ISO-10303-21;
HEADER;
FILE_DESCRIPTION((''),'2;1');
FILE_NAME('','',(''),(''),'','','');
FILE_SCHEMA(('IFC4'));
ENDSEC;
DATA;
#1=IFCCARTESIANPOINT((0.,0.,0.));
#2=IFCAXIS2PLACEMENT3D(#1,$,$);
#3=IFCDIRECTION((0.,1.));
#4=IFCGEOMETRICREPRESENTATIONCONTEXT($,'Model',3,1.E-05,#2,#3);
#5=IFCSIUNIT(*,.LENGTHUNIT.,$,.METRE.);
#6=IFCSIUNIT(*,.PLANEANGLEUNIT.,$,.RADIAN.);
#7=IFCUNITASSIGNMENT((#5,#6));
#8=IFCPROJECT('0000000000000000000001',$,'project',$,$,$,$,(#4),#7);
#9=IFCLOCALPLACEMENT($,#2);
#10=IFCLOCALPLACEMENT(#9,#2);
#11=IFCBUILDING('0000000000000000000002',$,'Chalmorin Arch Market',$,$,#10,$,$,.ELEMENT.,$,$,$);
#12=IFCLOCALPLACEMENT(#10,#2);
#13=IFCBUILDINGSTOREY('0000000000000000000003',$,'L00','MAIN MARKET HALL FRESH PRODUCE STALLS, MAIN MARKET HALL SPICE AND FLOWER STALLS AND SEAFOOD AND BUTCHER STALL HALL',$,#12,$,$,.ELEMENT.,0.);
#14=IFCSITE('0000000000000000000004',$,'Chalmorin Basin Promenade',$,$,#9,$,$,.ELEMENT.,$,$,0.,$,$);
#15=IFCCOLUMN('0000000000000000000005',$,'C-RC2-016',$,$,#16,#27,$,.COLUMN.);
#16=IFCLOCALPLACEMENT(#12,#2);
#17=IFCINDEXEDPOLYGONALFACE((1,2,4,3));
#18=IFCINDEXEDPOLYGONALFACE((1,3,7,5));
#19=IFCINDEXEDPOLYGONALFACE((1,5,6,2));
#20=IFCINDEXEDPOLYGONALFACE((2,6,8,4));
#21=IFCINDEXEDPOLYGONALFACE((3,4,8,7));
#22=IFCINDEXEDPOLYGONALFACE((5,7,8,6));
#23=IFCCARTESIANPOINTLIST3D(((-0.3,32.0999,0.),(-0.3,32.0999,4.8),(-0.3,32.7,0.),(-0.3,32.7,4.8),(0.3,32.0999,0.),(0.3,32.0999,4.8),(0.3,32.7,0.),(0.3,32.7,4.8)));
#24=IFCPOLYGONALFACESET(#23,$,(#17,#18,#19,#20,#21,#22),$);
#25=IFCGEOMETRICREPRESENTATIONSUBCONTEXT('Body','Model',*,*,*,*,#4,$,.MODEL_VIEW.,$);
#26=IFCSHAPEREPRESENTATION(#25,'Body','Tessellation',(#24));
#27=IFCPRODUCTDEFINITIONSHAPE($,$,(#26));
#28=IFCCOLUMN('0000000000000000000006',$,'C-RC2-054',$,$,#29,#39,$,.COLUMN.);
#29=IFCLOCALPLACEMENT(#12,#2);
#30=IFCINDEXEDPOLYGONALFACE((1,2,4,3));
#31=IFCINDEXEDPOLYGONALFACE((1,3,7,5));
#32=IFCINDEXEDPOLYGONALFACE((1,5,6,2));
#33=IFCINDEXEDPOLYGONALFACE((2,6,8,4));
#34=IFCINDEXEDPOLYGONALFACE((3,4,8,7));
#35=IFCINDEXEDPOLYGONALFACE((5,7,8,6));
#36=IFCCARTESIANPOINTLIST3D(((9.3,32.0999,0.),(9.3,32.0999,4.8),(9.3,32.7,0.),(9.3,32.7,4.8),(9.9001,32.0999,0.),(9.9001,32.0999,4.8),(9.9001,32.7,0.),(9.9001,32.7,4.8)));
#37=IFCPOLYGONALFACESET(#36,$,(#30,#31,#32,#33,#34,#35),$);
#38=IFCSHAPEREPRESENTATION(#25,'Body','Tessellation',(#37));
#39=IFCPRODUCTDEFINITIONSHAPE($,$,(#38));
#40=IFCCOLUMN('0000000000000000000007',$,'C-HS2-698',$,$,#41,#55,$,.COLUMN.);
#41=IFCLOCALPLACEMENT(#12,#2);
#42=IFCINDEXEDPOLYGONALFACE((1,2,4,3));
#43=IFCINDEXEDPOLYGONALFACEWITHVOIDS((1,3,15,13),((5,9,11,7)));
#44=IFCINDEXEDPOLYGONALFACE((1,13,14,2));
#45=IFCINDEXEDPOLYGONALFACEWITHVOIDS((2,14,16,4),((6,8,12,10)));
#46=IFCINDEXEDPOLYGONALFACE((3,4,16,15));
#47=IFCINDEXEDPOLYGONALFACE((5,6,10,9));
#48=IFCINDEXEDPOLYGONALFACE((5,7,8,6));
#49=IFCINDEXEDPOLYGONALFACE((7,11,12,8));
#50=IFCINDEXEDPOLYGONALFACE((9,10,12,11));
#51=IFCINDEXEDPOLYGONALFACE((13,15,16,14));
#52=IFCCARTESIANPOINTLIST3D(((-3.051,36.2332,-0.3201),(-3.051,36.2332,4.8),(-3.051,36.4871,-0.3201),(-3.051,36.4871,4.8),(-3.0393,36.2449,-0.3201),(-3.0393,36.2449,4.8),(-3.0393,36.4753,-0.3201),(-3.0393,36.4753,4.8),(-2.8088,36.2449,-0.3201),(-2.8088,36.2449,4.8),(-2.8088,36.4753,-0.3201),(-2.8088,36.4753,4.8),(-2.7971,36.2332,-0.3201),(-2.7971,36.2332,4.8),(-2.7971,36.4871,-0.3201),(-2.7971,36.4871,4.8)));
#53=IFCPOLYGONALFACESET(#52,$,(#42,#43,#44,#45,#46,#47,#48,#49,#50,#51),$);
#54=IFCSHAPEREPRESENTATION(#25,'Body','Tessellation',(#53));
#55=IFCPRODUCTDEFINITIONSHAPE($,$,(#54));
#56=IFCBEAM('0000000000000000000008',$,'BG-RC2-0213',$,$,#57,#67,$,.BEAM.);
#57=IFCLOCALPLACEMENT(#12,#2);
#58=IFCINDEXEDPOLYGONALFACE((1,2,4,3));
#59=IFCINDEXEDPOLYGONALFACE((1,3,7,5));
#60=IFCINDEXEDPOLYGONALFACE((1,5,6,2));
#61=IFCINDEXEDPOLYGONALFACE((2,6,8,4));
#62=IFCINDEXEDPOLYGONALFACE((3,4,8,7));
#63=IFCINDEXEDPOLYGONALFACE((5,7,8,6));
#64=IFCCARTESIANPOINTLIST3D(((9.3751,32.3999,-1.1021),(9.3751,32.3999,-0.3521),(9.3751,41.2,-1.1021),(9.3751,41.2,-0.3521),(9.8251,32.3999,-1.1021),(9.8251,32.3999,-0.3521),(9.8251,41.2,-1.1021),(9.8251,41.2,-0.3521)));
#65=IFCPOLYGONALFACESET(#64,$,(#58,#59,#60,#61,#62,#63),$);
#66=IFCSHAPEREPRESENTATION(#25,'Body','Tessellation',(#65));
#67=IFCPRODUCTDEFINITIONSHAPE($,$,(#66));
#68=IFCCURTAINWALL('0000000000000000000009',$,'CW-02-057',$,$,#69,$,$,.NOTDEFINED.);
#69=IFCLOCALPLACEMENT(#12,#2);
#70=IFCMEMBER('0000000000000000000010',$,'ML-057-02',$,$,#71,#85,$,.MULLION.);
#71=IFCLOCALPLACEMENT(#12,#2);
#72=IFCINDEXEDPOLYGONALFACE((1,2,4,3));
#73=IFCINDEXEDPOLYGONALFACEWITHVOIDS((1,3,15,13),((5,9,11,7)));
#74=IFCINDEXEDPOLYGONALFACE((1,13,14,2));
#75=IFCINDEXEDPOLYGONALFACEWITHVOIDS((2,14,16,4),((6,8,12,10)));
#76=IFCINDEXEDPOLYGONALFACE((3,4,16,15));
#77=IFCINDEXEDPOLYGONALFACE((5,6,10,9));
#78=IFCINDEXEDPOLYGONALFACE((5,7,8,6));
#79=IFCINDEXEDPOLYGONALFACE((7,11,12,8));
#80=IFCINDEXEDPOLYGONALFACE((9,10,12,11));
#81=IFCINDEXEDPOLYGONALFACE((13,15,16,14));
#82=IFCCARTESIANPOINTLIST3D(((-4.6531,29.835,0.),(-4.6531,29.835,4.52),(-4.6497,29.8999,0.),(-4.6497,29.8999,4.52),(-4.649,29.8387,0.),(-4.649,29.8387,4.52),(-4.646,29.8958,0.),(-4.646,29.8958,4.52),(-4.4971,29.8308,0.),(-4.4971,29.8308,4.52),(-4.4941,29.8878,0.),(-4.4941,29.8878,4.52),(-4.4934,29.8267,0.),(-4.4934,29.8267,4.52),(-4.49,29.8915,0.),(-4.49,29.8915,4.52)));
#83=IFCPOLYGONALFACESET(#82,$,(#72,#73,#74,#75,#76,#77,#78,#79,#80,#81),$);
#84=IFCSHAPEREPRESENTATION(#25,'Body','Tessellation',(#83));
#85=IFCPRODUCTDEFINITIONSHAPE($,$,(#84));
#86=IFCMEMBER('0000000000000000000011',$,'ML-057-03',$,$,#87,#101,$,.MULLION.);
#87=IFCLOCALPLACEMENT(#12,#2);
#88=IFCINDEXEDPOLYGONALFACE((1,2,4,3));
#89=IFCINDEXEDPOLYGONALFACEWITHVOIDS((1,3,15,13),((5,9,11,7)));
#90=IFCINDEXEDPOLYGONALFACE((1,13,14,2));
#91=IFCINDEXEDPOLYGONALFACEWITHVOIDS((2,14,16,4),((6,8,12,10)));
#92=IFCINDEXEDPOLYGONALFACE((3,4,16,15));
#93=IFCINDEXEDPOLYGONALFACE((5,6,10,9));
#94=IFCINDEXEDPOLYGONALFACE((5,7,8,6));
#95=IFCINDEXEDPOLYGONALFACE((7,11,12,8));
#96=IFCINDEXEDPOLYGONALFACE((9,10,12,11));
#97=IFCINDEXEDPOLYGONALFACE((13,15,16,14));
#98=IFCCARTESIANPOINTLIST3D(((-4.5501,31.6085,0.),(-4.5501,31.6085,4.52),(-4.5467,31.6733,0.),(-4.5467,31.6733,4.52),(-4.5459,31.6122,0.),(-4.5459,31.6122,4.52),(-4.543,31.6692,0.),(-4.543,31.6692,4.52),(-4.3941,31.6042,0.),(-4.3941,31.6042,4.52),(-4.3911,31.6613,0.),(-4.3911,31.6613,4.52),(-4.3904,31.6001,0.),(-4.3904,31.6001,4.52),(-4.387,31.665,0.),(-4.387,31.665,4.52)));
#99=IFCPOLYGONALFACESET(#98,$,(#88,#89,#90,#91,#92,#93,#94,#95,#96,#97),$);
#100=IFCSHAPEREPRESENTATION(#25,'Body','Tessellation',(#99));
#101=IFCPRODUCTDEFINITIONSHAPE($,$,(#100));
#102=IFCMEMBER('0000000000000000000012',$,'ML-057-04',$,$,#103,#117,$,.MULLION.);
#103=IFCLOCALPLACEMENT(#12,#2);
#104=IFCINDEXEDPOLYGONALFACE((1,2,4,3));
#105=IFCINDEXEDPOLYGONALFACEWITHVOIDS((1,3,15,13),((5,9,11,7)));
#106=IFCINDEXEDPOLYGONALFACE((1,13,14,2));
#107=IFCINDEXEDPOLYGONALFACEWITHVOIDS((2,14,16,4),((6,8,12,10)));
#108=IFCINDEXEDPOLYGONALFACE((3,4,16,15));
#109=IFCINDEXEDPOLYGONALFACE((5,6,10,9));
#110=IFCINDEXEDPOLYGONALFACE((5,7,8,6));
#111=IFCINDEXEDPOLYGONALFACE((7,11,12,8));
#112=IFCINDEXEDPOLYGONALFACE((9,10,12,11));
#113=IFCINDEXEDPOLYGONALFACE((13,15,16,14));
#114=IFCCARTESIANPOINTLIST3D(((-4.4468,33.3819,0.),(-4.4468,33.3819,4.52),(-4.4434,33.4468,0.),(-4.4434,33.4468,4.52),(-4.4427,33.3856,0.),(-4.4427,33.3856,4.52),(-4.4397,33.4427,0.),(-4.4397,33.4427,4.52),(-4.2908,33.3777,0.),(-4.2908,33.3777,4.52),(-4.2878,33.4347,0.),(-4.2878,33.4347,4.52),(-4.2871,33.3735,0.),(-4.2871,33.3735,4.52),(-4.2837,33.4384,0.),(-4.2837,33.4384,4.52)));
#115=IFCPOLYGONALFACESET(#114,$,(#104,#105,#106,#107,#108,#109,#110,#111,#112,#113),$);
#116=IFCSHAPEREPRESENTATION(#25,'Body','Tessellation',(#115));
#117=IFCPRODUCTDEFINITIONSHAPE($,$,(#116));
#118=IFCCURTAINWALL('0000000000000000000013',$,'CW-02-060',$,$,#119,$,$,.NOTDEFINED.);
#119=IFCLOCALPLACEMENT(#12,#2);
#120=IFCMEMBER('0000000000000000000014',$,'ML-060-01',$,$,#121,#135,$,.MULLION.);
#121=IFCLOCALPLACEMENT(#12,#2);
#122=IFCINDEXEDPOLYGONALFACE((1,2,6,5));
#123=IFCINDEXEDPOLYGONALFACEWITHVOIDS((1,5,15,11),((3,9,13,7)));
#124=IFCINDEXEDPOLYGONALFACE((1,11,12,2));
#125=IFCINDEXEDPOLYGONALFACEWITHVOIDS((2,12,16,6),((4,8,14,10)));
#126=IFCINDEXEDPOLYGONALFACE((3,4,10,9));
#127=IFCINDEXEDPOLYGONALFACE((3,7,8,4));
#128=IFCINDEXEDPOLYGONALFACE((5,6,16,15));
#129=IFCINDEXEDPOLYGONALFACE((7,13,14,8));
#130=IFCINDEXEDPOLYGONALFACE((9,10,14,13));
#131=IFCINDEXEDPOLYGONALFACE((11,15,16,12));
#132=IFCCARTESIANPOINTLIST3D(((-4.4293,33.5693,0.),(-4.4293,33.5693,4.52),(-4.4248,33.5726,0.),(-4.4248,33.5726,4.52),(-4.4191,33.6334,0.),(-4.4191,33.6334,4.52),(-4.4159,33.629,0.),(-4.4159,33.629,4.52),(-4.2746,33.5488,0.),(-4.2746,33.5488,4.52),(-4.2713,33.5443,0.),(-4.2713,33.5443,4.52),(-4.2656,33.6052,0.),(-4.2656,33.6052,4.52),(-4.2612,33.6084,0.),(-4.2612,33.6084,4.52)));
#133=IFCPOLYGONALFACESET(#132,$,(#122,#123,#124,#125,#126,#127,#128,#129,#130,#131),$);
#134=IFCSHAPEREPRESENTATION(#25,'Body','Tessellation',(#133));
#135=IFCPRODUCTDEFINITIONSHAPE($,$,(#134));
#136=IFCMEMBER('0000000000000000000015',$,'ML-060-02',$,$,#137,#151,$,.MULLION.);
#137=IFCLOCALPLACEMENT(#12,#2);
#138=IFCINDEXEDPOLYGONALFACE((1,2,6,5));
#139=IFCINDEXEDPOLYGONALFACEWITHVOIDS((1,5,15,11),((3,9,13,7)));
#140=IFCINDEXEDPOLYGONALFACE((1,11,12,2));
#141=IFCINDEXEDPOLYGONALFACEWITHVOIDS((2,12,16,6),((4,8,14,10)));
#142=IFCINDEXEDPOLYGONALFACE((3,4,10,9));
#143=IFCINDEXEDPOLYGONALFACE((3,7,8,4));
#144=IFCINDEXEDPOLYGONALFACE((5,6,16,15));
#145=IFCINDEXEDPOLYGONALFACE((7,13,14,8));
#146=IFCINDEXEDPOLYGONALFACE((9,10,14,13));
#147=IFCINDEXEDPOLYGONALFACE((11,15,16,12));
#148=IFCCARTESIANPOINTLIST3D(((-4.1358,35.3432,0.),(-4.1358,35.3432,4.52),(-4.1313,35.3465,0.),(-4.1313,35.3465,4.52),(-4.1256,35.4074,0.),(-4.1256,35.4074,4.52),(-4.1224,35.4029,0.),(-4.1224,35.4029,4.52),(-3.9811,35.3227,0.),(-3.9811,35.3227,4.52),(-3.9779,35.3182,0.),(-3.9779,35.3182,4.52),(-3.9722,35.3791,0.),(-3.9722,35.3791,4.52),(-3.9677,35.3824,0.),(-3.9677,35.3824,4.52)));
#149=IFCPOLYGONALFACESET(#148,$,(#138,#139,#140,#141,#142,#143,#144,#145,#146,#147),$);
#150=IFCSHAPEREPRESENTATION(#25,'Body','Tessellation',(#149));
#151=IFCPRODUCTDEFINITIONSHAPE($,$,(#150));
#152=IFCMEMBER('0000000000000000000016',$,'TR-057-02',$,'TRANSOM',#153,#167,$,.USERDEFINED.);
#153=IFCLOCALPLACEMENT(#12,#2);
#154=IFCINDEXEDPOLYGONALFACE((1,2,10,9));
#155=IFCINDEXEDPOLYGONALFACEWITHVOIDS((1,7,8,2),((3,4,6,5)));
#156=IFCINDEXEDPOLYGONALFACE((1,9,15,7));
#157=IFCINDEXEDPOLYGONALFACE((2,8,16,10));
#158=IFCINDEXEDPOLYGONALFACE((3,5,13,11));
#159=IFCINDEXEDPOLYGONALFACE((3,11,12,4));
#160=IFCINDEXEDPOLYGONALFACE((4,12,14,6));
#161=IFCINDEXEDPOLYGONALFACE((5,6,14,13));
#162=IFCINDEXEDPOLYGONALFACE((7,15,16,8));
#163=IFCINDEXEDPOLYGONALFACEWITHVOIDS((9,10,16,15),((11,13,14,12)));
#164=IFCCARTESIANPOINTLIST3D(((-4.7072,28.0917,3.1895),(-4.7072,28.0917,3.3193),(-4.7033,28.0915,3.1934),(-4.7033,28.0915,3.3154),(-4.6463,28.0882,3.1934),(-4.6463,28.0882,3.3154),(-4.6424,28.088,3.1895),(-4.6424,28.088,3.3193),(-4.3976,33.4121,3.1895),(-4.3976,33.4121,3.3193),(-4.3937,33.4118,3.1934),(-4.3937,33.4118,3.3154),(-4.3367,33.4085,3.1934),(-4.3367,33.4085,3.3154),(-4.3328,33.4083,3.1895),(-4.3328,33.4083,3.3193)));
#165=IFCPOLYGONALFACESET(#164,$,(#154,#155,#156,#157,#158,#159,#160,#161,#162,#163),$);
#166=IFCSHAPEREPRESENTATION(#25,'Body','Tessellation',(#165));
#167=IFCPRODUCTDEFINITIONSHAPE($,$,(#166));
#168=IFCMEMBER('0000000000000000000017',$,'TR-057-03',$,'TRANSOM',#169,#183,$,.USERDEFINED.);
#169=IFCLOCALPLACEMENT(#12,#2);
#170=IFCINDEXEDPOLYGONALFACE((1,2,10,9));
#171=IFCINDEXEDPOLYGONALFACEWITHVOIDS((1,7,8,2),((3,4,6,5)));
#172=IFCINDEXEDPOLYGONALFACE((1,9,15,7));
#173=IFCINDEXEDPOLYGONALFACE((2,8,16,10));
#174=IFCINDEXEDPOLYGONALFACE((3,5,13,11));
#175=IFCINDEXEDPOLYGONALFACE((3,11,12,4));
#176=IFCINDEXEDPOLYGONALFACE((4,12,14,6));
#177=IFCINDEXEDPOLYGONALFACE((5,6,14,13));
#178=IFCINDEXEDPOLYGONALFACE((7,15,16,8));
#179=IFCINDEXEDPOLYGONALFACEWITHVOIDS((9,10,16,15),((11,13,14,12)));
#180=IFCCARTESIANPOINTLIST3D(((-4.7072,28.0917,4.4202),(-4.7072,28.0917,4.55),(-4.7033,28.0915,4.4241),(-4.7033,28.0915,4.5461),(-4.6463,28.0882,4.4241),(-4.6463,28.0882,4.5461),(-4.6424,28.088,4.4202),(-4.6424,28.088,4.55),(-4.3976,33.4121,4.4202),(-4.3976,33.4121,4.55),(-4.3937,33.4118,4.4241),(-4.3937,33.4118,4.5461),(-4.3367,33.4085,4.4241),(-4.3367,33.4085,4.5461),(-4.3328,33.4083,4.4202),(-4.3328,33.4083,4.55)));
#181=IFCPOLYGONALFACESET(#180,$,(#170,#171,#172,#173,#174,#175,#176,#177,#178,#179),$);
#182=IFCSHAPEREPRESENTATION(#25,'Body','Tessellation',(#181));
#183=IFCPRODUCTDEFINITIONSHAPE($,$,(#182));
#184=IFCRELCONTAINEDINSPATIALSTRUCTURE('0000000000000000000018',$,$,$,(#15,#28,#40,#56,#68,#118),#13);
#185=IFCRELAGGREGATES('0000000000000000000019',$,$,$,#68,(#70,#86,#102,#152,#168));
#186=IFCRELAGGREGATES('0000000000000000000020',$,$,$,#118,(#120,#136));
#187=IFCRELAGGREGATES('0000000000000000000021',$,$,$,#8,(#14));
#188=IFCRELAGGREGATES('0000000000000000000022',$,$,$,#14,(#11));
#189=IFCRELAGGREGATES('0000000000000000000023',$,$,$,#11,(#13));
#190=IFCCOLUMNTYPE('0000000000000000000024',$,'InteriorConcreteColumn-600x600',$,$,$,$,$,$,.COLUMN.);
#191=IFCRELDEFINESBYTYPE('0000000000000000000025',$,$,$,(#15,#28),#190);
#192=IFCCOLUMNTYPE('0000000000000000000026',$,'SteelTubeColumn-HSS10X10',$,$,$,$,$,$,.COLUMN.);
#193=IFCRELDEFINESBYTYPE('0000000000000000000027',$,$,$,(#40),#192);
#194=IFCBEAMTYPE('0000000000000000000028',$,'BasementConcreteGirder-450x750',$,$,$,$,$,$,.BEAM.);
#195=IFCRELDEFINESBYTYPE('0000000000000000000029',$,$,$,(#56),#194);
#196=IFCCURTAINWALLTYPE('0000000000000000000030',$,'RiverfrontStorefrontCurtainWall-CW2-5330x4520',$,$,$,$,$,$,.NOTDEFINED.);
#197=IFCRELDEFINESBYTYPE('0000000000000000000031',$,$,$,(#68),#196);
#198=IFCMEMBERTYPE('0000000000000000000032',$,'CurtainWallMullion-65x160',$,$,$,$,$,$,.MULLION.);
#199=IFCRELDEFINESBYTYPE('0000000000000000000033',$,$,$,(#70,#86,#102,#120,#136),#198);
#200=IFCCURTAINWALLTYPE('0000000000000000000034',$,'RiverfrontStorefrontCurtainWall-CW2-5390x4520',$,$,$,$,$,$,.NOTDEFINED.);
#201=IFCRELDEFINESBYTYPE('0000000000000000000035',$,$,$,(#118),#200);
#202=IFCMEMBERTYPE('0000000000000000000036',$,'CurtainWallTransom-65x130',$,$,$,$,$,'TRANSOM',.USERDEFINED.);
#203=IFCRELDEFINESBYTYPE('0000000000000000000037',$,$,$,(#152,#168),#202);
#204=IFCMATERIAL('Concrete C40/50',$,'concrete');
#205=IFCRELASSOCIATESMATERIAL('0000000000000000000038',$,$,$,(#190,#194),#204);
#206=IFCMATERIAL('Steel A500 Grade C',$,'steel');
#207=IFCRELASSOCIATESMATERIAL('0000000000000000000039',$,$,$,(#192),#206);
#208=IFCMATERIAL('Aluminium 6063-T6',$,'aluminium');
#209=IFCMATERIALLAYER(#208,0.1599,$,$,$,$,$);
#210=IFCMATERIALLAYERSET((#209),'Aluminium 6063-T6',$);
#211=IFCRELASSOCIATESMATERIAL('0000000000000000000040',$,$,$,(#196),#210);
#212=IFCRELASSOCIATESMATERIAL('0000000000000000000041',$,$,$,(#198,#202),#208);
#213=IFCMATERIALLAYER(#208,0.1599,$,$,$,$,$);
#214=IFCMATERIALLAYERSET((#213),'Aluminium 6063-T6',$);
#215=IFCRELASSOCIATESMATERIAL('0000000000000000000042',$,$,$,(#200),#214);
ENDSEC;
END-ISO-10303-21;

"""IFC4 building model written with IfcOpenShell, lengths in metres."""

from ifc_helpers import new_model, si_unit, direction, frame, origin, origin_2d, place, context, subcontext, project, spatial, rectangle, hollow_rectangle, extrude, material, layer, layer_set, material_profile, profile_set, type_object, element, aggregate, save


model = new_model("IFC4")

# Units and contexts
model_context = context("Model", 3, precision=1e-05, world=origin(), true_north=direction((0.0, 1.0)))
body_context = subcontext(model_context, "Body", "Model", "MODEL_VIEW")
ifc_project = project(units=[si_unit("LENGTHUNIT", "METRE"), si_unit("PLANEANGLEUNIT", "RADIAN")], contexts=[model_context])

# Site, building, storey
site_placement = place(None, origin())
site = spatial("IfcSite", under=ifc_project, at=site_placement, Name="Chalmorin Basin Promenade", CompositionType="ELEMENT", RefElevation=0.0)
building_placement = place(site_placement, origin())
building = spatial("IfcBuilding", under=site, at=building_placement, Name="Chalmorin Arch Market", CompositionType="ELEMENT")
storey_placement = place(building_placement, origin())
storey = spatial("IfcBuildingStorey", under=building, at=storey_placement, Name="L00", Description="MAIN MARKET HALL FRESH PRODUCE STALLS, MAIN MARKET HALL SPICE AND FLOWER STALLS AND SEAFOOD AND BUTCHER STALL HALL", CompositionType="ELEMENT", Elevation=0.0)

# Columns
ifc_material_1 = material(Name="Concrete C40/50", Category="concrete")
ifc_material_profile_1 = material_profile(ifc_material_1, rectangle(XDim=0.6001, YDim=0.6001, at=origin_2d()), Name="RC600X600")
ifc_profile_set_1 = profile_set([ifc_material_profile_1], Name="Concrete C40/50")
column_type_1 = type_object("IfcColumnType", Name="InteriorConcreteColumn-600x600", PredefinedType="COLUMN", material=ifc_profile_set_1)
for number, where, z_axis, x_axis, name in (
    (1, (0.0, 32.3999, 0.0), (0.0, 0.0, 1.0), (1.0, 0.0, 0.0), "C-RC2-016"),
    (2, (9.6001, 32.3999, 0.0), (0.0, 0.0, 1.0), (1.0, 0.0, 0.0), "C-RC2-054"),
):
    element("IfcColumn", number, at=place(storey_placement, frame(where, z_axis=z_axis, x_axis=x_axis)), inside=storey, type_object=column_type_1, Name=name, PredefinedType="COLUMN", context=body_context, shape_type="SweptSolid", body=[
        extrude(rectangle(XDim=0.6001, YDim=0.6001, at=origin_2d()), origin(), (0.0, 0.0, 1.0), 4.8),
    ])
ifc_material_2 = material(Name="Steel A500 Grade C", Category="steel")
ifc_material_profile_2 = material_profile(ifc_material_2, hollow_rectangle(XDim=0.2539, YDim=0.2539, WallThickness=0.0117, at=origin_2d()), Name="HSS10X10X1/2")
ifc_profile_set_2 = profile_set([ifc_material_profile_2], Name="Steel A500 Grade C")
column_type_2 = type_object("IfcColumnType", Name="SteelTubeColumn-HSS10X10", PredefinedType="COLUMN", material=ifc_profile_set_2)
column_placement = place(storey_placement, frame((-2.9241, 36.3601, -0.3201), z_axis=(0.0, 0.0, 1.0), x_axis=(1.0, 0.0, 0.0)))
element("IfcColumn", 3, at=column_placement, inside=storey, type_object=column_type_2, Name="C-HS2-698", PredefinedType="COLUMN", context=body_context, shape_type="SweptSolid", body=[
    extrude(hollow_rectangle(XDim=0.2539, YDim=0.2539, WallThickness=0.0117, at=origin_2d()), origin(), (0.0, 0.0, 1.0), 5.1201),
])

# Beam
ifc_material_profile_3 = material_profile(ifc_material_1, rectangle(XDim=0.45, YDim=0.75, at=origin_2d()), Name="RC450X750")
ifc_profile_set_3 = profile_set([ifc_material_profile_3], Name="Concrete C40/50")
beam_type_1 = type_object("IfcBeamType", Name="BasementConcreteGirder-450x750", PredefinedType="BEAM", material=ifc_profile_set_3)
beam_1_placement = place(storey_placement, frame((9.6001, 32.3999, -0.7271), z_axis=(0.0, 1.0, 0.0), x_axis=(-1.0, 0.0, 0.0)))
element("IfcBeam", 4, at=beam_1_placement, inside=storey, type_object=beam_type_1, Name="BG-RC2-0213", PredefinedType="BEAM", context=body_context, shape_type="SweptSolid", body=[
    extrude(rectangle(XDim=0.45, YDim=0.75, at=origin_2d()), origin(), (0.0, 0.0, 1.0), 8.8),
])

# Curtain walls, members
ifc_material_3 = material(Name="Aluminium 6063-T6", Category="aluminium")
ifc_layer_1 = layer(ifc_material_3, 0.1599)
ifc_layer_set_1 = layer_set([ifc_layer_1], Name="Aluminium 6063-T6")
curtain_wall_type_1 = type_object("IfcCurtainWallType", Name="RiverfrontStorefrontCurtainWall-CW2-5330x4520", PredefinedType="NOTDEFINED", material=ifc_layer_set_1)
curtain_wall_1_placement = place(storey_placement, origin())
curtain_wall_1 = element("IfcCurtainWall", 5, at=curtain_wall_1_placement, inside=storey, type_object=curtain_wall_type_1, Name="CW-02-057", PredefinedType="NOTDEFINED")
ifc_material_profile_4 = material_profile(ifc_material_3, hollow_rectangle(XDim=0.0649, YDim=0.1599, WallThickness=0.0039, at=origin_2d()), Name="ALU65X160X4")
ifc_profile_set_4 = profile_set([ifc_material_profile_4], Name="Aluminium 6063-T6")
member_type_1 = type_object("IfcMemberType", Name="CurtainWallMullion-65x160", PredefinedType="MULLION", material=ifc_profile_set_4)
member_1_placement = place(storey_placement, frame((-4.5715, 29.8633, 0.0), z_axis=(0.0, 0.0, 1.0), x_axis=(0.052336, 0.99863, 0.0)))
member_1 = element("IfcMember", 6, at=member_1_placement, type_object=member_type_1, Name="ML-057-02", PredefinedType="MULLION", context=body_context, shape_type="SweptSolid", body=[
    extrude(hollow_rectangle(XDim=0.0649, YDim=0.1599, WallThickness=0.0039, at=origin_2d()), origin(), (0.0, 0.0, 1.0), 4.52),
])
member_2_placement = place(storey_placement, frame((-4.4685, 31.6367, 0.0), z_axis=(0.0, 0.0, 1.0), x_axis=(0.052336, 0.99863, 0.0)))
member_2 = element("IfcMember", 7, at=member_2_placement, type_object=member_type_1, Name="ML-057-03", PredefinedType="MULLION", context=body_context, shape_type="SweptSolid", body=[
    extrude(hollow_rectangle(XDim=0.0649, YDim=0.1599, WallThickness=0.0039, at=origin_2d()), origin(), (0.0, 0.0, 1.0), 4.52),
])
member_3_placement = place(storey_placement, frame((-4.3652, 33.4102, 0.0), z_axis=(0.0, 0.0, 1.0), x_axis=(0.052336, 0.99863, 0.0)))
member_3 = element("IfcMember", 8, at=member_3_placement, type_object=member_type_1, Name="ML-057-04", PredefinedType="MULLION", context=body_context, shape_type="SweptSolid", body=[
    extrude(hollow_rectangle(XDim=0.0649, YDim=0.1599, WallThickness=0.0039, at=origin_2d()), origin(), (0.0, 0.0, 1.0), 4.52),
])
ifc_layer_2 = layer(ifc_material_3, 0.1599)
ifc_layer_set_2 = layer_set([ifc_layer_2], Name="Aluminium 6063-T6")
curtain_wall_type_2 = type_object("IfcCurtainWallType", Name="RiverfrontStorefrontCurtainWall-CW2-5390x4520", PredefinedType="NOTDEFINED", material=ifc_layer_set_2)
curtain_wall_2_placement = place(storey_placement, origin())
curtain_wall_2 = element("IfcCurtainWall", 9, at=curtain_wall_2_placement, inside=storey, type_object=curtain_wall_type_2, Name="CW-02-060", PredefinedType="NOTDEFINED")
member_4_placement = place(storey_placement, frame((-4.3452, 33.5889, 0.0), z_axis=(0.0, 0.0, 1.0), x_axis=(0.156434, 0.987688, 0.0)))
member_4 = element("IfcMember", 10, at=member_4_placement, type_object=member_type_1, Name="ML-060-01", PredefinedType="MULLION", context=body_context, shape_type="SweptSolid", body=[
    extrude(hollow_rectangle(XDim=0.0649, YDim=0.1599, WallThickness=0.0039, at=origin_2d()), origin(), (0.0, 0.0, 1.0), 4.52),
])
member_5_placement = place(storey_placement, frame((-4.0518, 35.3628, 0.0), z_axis=(0.0, 0.0, 1.0), x_axis=(0.156434, 0.987688, 0.0)))
member_5 = element("IfcMember", 11, at=member_5_placement, type_object=member_type_1, Name="ML-060-02", PredefinedType="MULLION", context=body_context, shape_type="SweptSolid", body=[
    extrude(hollow_rectangle(XDim=0.0649, YDim=0.1599, WallThickness=0.0039, at=origin_2d()), origin(), (0.0, 0.0, 1.0), 4.52),
])

# Members
ifc_material_profile_5 = material_profile(ifc_material_3, hollow_rectangle(XDim=0.0649, YDim=0.1299, WallThickness=0.0039, at=origin_2d()), Name="ALU65X130X4")
ifc_profile_set_5 = profile_set([ifc_material_profile_5], Name="Aluminium 6063-T6")
member_type_2 = type_object("IfcMemberType", Name="CurtainWallTransom-65x130", ElementType="TRANSOM", PredefinedType="USERDEFINED", material=ifc_profile_set_5)
member_6_placement = place(storey_placement, frame((-4.6748, 28.0898, 3.2544), z_axis=(0.058088, 0.998311, 0.0), x_axis=(-0.998311, 0.058088, 0.0)))
member_6 = element("IfcMember", 12, at=member_6_placement, type_object=member_type_2, Name="TR-057-02", ObjectType="TRANSOM", PredefinedType="USERDEFINED", context=body_context, shape_type="SweptSolid", body=[
    extrude(hollow_rectangle(XDim=0.0649, YDim=0.1299, WallThickness=0.0039, at=origin_2d()), origin(), (0.0, 0.0, 1.0), 5.3293),
])
member_7_placement = place(storey_placement, frame((-4.6748, 28.0898, 4.4851), z_axis=(0.058088, 0.998311, 0.0), x_axis=(-0.998311, 0.058088, 0.0)))
member_7 = element("IfcMember", 13, at=member_7_placement, type_object=member_type_2, Name="TR-057-03", ObjectType="TRANSOM", PredefinedType="USERDEFINED", context=body_context, shape_type="SweptSolid", body=[
    extrude(hollow_rectangle(XDim=0.0649, YDim=0.1299, WallThickness=0.0039, at=origin_2d()), origin(), (0.0, 0.0, 1.0), 5.3293),
])

aggregate(curtain_wall_1, [member_1, member_2, member_3, member_6, member_7])
aggregate(curtain_wall_2, [member_4, member_5])

save(model, "model.ifc")
